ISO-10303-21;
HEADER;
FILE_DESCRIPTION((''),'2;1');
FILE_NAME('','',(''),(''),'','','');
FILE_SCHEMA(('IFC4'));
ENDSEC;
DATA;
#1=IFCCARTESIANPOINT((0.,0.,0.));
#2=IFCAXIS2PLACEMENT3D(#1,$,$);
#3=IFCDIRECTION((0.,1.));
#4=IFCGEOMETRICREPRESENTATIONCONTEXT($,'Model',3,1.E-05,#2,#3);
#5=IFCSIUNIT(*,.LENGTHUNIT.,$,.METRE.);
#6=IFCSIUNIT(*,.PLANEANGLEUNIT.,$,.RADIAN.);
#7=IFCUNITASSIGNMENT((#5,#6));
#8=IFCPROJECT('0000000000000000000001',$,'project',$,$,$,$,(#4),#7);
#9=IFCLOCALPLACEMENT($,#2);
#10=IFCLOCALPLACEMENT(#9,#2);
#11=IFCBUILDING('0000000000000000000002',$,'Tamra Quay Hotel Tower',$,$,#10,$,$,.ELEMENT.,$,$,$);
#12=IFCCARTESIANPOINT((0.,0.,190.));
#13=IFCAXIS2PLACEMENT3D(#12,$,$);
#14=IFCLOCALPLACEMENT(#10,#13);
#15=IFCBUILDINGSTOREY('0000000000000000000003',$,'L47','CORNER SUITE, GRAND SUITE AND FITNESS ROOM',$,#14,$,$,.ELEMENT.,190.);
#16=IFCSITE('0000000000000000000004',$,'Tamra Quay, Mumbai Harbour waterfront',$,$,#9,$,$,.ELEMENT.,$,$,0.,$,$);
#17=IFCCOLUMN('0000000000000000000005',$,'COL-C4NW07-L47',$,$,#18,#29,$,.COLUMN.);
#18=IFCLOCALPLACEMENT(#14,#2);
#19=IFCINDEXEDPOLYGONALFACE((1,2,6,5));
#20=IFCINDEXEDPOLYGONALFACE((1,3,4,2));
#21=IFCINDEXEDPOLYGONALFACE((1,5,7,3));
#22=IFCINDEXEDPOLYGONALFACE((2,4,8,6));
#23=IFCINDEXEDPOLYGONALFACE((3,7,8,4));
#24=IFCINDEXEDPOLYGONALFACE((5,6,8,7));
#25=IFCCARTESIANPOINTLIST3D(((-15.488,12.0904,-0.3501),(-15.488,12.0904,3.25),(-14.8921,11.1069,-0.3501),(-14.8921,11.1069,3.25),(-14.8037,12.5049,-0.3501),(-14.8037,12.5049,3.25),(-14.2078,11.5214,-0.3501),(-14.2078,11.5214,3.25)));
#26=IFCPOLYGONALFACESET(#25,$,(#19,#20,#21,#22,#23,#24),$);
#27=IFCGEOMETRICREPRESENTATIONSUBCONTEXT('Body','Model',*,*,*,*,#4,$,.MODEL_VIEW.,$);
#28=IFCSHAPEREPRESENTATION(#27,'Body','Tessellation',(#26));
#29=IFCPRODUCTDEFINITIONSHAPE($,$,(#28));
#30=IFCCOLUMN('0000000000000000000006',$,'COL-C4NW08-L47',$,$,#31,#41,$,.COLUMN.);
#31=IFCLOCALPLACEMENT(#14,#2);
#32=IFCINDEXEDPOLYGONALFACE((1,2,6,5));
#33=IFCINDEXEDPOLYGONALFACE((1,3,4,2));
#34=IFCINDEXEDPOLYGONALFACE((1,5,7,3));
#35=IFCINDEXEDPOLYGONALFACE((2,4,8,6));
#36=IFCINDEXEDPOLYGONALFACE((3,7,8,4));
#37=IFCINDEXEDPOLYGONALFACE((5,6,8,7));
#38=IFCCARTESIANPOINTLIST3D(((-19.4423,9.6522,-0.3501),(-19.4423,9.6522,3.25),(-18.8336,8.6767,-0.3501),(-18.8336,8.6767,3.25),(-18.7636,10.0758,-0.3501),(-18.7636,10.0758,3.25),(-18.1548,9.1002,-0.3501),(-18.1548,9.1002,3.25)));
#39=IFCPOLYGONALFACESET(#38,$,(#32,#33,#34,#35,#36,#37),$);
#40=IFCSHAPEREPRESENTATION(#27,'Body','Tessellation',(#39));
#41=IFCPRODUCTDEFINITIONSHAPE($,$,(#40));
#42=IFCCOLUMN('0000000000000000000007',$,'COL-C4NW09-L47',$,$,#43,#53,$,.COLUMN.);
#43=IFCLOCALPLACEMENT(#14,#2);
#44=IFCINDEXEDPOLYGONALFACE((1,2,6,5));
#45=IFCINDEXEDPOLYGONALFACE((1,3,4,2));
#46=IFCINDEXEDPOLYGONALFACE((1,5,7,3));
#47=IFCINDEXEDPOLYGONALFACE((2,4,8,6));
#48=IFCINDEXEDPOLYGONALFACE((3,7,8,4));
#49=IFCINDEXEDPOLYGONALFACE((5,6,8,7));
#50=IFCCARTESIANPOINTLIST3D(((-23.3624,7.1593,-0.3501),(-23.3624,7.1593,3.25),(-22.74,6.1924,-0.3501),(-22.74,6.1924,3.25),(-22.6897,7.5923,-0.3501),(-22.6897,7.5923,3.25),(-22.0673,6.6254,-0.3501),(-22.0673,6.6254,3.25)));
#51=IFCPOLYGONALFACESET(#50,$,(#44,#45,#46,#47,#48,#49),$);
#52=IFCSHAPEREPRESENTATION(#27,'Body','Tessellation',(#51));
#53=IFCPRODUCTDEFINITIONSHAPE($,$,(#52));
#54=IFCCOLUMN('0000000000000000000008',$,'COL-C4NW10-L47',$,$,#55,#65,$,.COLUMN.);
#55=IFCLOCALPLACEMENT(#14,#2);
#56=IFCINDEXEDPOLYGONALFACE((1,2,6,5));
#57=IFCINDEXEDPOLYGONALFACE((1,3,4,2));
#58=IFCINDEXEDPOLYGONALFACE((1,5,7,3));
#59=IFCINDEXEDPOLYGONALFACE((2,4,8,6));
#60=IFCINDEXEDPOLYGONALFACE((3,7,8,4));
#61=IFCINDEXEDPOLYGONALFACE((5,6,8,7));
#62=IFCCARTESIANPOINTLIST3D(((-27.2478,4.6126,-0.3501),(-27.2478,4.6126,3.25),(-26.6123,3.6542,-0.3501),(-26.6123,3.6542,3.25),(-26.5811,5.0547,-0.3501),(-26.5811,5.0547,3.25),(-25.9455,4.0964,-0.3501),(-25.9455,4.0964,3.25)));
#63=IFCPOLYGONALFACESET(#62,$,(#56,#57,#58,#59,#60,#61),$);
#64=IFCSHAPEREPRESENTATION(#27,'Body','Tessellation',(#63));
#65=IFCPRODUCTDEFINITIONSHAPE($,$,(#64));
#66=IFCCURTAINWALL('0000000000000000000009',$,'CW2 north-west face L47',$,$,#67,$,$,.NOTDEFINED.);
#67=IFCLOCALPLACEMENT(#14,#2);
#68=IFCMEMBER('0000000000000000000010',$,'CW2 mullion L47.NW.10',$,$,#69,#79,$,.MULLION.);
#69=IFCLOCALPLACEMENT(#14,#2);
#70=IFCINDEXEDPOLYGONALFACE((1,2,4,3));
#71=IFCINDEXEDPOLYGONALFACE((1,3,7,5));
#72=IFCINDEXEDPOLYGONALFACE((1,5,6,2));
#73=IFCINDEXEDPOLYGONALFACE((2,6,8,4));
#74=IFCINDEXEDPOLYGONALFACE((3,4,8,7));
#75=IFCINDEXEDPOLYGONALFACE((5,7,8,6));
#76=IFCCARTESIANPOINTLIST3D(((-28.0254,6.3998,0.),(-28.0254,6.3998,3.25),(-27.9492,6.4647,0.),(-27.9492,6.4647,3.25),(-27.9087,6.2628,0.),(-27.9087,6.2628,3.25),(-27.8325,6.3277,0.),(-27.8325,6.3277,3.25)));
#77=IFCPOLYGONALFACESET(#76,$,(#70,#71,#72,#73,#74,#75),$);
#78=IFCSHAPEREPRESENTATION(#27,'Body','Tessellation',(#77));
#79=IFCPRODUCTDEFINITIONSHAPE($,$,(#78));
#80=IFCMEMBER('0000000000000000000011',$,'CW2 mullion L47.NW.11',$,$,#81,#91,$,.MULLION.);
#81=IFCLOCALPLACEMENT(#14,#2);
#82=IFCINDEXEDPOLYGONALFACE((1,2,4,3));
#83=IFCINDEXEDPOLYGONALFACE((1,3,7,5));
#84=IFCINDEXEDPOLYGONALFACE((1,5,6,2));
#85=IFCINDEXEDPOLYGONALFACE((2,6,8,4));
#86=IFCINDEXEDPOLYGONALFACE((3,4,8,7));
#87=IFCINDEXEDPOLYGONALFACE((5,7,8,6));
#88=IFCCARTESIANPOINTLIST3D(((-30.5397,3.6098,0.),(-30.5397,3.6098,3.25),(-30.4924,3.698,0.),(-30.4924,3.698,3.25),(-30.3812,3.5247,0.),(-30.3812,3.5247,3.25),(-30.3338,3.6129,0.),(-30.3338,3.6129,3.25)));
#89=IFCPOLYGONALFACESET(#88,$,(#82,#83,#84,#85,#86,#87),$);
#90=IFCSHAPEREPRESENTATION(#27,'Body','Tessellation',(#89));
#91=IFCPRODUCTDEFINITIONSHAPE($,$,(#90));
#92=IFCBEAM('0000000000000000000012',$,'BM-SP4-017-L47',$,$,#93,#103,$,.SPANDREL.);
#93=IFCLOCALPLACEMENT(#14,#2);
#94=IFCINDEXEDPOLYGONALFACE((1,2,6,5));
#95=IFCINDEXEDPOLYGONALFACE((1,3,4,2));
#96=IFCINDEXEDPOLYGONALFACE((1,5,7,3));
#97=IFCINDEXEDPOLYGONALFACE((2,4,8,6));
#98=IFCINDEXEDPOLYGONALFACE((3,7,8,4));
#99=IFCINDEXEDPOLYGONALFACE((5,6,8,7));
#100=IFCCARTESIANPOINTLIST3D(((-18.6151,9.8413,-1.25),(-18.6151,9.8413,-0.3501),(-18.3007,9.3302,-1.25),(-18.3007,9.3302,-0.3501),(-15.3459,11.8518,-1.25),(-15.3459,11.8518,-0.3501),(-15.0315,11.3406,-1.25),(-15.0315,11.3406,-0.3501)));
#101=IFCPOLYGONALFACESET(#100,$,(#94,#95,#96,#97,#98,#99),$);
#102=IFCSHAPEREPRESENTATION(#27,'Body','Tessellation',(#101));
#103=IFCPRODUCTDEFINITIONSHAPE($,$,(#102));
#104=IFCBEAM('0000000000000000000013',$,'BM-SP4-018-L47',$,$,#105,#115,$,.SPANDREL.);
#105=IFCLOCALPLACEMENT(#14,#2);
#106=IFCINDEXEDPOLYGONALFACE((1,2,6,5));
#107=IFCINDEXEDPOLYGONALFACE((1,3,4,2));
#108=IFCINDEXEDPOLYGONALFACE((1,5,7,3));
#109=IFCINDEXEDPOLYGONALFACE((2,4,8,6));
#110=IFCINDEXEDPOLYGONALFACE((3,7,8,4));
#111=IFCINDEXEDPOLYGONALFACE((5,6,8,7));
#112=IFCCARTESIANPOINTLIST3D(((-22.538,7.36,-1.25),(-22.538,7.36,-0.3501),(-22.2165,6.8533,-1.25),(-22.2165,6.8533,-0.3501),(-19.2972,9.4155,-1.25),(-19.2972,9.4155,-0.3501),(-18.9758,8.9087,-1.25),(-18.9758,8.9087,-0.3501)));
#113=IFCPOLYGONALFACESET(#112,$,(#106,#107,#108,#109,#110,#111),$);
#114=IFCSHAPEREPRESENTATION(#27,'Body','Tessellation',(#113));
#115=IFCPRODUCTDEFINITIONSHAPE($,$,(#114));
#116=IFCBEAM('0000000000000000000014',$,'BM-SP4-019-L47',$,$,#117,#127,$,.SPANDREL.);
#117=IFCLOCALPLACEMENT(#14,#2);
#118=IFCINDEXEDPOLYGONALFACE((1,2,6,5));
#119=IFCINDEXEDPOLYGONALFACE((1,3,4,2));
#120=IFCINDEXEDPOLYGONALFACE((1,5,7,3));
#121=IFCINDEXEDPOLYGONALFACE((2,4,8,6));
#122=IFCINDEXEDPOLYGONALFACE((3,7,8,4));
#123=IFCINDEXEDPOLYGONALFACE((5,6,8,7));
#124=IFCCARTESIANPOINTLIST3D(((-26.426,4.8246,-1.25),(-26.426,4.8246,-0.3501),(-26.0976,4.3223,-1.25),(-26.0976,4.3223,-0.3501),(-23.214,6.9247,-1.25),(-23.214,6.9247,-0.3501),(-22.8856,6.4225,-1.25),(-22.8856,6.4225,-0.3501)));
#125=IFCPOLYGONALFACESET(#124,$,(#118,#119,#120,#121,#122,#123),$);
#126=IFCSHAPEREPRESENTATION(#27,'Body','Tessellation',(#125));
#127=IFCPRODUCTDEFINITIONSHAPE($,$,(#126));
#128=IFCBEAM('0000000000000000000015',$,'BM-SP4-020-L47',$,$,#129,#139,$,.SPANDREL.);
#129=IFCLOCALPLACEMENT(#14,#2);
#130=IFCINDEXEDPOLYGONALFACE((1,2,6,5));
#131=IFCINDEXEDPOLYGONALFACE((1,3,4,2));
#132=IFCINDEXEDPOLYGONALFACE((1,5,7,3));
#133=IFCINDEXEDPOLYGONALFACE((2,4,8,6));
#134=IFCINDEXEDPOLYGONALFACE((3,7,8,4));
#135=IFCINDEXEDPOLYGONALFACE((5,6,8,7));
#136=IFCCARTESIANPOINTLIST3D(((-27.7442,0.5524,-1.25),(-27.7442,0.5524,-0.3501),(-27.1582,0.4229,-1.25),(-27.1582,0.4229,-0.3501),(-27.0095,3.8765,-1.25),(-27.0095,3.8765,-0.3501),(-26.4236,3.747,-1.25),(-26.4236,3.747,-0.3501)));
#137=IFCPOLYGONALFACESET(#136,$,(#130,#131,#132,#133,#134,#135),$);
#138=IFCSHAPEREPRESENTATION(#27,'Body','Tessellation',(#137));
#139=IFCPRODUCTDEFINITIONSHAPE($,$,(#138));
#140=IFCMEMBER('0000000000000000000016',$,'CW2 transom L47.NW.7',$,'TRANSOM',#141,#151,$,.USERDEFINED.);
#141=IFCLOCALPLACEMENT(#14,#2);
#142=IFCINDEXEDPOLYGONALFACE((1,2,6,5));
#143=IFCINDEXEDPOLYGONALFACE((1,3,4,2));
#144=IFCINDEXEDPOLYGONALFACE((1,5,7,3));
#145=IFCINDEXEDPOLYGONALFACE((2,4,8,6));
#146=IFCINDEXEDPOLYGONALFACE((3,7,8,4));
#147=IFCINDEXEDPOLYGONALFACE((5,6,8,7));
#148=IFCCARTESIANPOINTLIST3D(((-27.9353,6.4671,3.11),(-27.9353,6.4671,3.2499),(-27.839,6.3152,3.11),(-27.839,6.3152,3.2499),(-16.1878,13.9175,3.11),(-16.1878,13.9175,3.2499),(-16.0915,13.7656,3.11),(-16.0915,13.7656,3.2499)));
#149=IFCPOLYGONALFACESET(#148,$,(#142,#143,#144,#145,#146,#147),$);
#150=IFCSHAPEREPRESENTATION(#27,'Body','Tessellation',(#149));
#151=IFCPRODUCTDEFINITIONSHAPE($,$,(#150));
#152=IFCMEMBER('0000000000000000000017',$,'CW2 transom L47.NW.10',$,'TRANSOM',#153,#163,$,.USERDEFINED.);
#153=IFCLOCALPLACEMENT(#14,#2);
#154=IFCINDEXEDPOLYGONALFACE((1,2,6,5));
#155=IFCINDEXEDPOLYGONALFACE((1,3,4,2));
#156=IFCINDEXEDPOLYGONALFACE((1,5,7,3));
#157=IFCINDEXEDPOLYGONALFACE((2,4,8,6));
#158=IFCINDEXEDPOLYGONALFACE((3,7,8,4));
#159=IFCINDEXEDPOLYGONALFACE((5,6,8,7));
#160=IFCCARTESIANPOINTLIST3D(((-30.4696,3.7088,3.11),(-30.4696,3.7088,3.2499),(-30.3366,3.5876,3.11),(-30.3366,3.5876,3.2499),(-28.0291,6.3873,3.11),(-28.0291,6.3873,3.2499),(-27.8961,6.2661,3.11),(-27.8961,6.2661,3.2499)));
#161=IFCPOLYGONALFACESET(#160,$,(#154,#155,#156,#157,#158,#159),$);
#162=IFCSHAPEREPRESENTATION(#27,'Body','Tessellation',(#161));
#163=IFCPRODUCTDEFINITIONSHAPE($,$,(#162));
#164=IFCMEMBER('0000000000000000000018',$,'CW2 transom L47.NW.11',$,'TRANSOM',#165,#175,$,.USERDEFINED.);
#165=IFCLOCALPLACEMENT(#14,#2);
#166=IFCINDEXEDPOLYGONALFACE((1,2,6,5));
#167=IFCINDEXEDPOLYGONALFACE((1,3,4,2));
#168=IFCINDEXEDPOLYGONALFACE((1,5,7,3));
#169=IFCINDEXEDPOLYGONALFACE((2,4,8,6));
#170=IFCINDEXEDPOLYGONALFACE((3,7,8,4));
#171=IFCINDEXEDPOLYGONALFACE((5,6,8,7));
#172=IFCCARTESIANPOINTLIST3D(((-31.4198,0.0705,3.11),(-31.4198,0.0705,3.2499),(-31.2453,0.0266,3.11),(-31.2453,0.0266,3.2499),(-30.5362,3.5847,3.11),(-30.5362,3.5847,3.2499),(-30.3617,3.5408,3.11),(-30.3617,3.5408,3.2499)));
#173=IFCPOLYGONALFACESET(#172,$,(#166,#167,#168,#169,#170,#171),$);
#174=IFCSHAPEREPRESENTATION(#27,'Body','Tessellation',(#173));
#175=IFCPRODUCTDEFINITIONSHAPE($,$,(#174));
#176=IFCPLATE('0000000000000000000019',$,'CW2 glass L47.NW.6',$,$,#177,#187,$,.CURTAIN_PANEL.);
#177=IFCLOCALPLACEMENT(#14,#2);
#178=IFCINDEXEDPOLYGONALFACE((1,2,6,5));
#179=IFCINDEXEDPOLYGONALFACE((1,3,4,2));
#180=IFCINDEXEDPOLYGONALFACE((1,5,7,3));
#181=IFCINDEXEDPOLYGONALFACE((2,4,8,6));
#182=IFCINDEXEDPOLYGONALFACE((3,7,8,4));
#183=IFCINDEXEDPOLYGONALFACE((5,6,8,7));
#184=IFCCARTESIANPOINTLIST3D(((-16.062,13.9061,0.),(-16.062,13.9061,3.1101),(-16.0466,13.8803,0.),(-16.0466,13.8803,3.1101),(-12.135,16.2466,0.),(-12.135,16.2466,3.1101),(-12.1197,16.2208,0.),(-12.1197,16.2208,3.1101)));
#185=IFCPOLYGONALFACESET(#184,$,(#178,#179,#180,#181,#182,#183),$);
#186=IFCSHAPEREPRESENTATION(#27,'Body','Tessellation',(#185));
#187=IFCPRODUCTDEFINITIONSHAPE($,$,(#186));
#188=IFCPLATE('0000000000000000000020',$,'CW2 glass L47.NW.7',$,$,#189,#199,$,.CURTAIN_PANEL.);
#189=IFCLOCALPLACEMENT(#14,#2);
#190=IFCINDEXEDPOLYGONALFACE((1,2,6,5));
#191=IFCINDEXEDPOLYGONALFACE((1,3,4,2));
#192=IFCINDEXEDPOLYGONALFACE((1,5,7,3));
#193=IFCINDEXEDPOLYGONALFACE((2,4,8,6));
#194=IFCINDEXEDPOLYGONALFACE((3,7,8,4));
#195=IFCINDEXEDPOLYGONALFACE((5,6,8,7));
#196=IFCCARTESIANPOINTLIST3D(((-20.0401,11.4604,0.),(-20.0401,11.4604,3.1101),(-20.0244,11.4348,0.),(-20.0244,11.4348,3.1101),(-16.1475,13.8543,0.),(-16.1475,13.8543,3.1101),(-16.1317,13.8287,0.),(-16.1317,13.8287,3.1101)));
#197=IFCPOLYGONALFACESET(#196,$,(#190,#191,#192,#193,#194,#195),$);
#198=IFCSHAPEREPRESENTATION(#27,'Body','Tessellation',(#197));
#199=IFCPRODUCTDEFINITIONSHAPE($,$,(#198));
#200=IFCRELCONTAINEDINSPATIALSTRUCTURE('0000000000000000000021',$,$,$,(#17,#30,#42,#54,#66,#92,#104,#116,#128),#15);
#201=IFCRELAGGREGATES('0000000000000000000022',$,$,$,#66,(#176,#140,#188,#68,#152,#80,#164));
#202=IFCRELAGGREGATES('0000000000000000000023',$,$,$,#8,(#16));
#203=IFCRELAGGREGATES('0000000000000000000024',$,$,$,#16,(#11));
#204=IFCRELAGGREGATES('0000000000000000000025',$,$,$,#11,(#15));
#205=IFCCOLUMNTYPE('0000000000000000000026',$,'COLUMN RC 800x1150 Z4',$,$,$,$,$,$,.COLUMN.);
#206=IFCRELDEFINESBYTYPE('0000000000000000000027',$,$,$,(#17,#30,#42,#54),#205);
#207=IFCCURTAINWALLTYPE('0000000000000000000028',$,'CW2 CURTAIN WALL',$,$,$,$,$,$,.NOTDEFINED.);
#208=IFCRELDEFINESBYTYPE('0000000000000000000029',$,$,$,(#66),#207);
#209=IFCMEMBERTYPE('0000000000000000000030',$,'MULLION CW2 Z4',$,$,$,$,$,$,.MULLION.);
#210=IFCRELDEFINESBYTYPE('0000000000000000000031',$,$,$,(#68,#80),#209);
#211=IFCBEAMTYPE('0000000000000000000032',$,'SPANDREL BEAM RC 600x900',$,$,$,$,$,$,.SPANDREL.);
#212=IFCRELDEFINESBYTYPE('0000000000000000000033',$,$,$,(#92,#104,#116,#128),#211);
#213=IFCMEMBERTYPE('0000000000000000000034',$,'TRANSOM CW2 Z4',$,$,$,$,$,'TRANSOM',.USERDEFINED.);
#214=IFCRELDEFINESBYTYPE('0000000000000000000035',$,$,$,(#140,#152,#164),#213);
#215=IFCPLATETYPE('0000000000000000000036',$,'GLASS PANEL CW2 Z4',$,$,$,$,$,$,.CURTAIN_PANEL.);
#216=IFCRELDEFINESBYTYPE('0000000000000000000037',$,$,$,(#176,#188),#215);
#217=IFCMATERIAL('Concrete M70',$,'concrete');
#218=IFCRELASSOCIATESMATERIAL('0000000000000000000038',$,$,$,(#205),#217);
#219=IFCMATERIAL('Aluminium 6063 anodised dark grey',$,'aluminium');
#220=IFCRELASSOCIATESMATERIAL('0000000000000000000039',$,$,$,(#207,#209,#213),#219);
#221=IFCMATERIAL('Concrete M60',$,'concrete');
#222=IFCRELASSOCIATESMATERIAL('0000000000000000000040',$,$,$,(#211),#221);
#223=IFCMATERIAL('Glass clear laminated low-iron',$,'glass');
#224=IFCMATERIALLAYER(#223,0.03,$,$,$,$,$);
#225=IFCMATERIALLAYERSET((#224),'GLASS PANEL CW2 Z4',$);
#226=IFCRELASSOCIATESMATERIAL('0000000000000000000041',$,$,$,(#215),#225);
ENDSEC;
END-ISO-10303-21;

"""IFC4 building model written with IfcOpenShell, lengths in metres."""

from ifc_helpers import new_model, si_unit, direction, frame, origin, origin_2d, place, context, subcontext, project, spatial, rectangle, extrude, material, layer, layer_set, material_profile, profile_set, type_object, element, aggregate, save


model = new_model("IFC4")

# Units and contexts
model_context = context("Model", 3, precision=1e-05, world=origin(), true_north=direction((0.0, 1.0)))
body_context = subcontext(model_context, "Body", "Model", "MODEL_VIEW")
ifc_project = project(units=[si_unit("LENGTHUNIT", "METRE"), si_unit("PLANEANGLEUNIT", "RADIAN")], contexts=[model_context])

# Site, building, storey
site_placement = place(None, origin())
site = spatial("IfcSite", under=ifc_project, at=site_placement, Name="Tamra Quay, Mumbai Harbour waterfront", CompositionType="ELEMENT", RefElevation=0.0)
building_placement = place(site_placement, origin())
building = spatial("IfcBuilding", under=site, at=building_placement, Name="Tamra Quay Hotel Tower", CompositionType="ELEMENT")
storey_placement = place(building_placement, frame((0.0, 0.0, 190.0)))
storey = spatial("IfcBuildingStorey", under=building, at=storey_placement, Name="L47", Description="CORNER SUITE, GRAND SUITE AND FITNESS ROOM", CompositionType="ELEMENT", Elevation=190.0)

# Columns
ifc_material_1 = material(Name="Concrete M70", Category="concrete")
ifc_material_profile_1 = material_profile(ifc_material_1, rectangle(XDim=1.1499, YDim=0.8, at=origin_2d()), Name="COLUMN RC 800x1150 Z4")
ifc_profile_set_1 = profile_set([ifc_material_profile_1], Name="Concrete M70")
column_type = type_object("IfcColumnType", Name="COLUMN RC 800x1150 Z4", PredefinedType="COLUMN", material=ifc_profile_set_1)
for number, where, z_axis, x_axis, name in (
    (1, (-14.8479, 11.8059, -0.3501), (0.0, 0.0, 1.0), (-0.518175, 0.855275, 0.0), "COL-C4NW07-L47"),
    (2, (-18.7986, 9.3762, -0.3501), (0.0, 0.0, 1.0), (-0.52941, 0.848366, 0.0), "COL-C4NW08-L47"),
    (3, (-22.7148, 6.8923, -0.3501), (0.0, 0.0, 1.0), (-0.541283, 0.840841, 0.0), "COL-C4NW09-L47"),
    (4, (-26.5967, 4.3545, -0.3501), (0.0, 0.0, 1.0), (-0.552666, 0.833403, 0.0), "COL-C4NW10-L47"),
):
    element("IfcColumn", number, at=place(storey_placement, frame(where, z_axis=z_axis, x_axis=x_axis)), inside=storey, type_object=column_type, Name=name, PredefinedType="COLUMN", context=body_context, shape_type="SweptSolid", body=[
        extrude(rectangle(XDim=1.1499, YDim=0.8, at=origin_2d()), origin(), (0.0, 0.0, 1.0), 3.6001),
    ])

# Curtain wall, members
ifc_material_2 = material(Name="Aluminium 6063 anodised dark grey", Category="aluminium")
curtain_wall_type = type_object("IfcCurtainWallType", Name="CW2 CURTAIN WALL", PredefinedType="NOTDEFINED", material=ifc_material_2)
curtain_wall_placement = place(storey_placement, origin())
curtain_wall = element("IfcCurtainWall", 5, at=curtain_wall_placement, inside=storey, type_object=curtain_wall_type, Name="CW2 north-west face L47", PredefinedType="NOTDEFINED")
ifc_material_profile_2 = material_profile(ifc_material_2, rectangle(XDim=0.1799, YDim=0.1001, at=origin_2d()), Name="MULLION 100X180")
ifc_profile_set_2 = profile_set([ifc_material_profile_2], Name="Aluminium 6063 anodised dark grey")
member_type_1 = type_object("IfcMemberType", Name="MULLION CW2 Z4", PredefinedType="MULLION", material=ifc_profile_set_2)
member_1_placement = place(storey_placement, frame((-27.929, 6.3638, 0.0), z_axis=(0.0, 0.0, 1.0), x_axis=(-0.648381, 0.761316, 0.0)))
member_1 = element("IfcMember", 6, at=member_1_placement, type_object=member_type_1, Name="CW2 mullion L47.NW.10", PredefinedType="MULLION", context=body_context, shape_type="SweptSolid", body=[
    extrude(rectangle(XDim=0.1799, YDim=0.1001, at=origin_2d()), origin(), (0.0, 0.0, 1.0), 3.25),
])
member_2_placement = place(storey_placement, frame((-30.4368, 3.6113, 0.0), z_axis=(0.0, 0.0, 1.0), x_axis=(-0.881098, 0.472935, 0.0)))
member_2 = element("IfcMember", 7, at=member_2_placement, type_object=member_type_1, Name="CW2 mullion L47.NW.11", PredefinedType="MULLION", context=body_context, shape_type="SweptSolid", body=[
    extrude(rectangle(XDim=0.1799, YDim=0.1001, at=origin_2d()), origin(), (0.0, 0.0, 1.0), 3.25),
])

# Beams
ifc_material_3 = material(Name="Concrete M60", Category="concrete")
ifc_material_profile_3 = material_profile(ifc_material_3, rectangle(XDim=0.6001, YDim=0.8999, at=origin_2d()), Name="SPANDREL BEAM RC 600x900")
ifc_profile_set_3 = profile_set([ifc_material_profile_3], Name="Concrete M60")
beam_type = type_object("IfcBeamType", Name="SPANDREL BEAM RC 600x900", PredefinedType="SPANDREL", material=ifc_profile_set_3)
beam_1_placement = place(storey_placement, frame((-15.1887, 11.5962, -0.8), z_axis=(-0.851818, -0.523838, 0.0), x_axis=(0.523838, -0.851818, 0.0)))
element("IfcBeam", 8, at=beam_1_placement, inside=storey, type_object=beam_type, Name="BM-SP4-017-L47", PredefinedType="SPANDREL", context=body_context, shape_type="SweptSolid", body=[
    extrude(rectangle(XDim=0.6001, YDim=0.8999, at=origin_2d()), origin(), (0.0, 0.0, 1.0), 3.8379),
])
for number, where, z_axis, x_axis, name in (
    (9, (-19.1365, 9.1621, -0.8), (-0.84447, -0.535603, 0.0), (0.535603, -0.84447, 0.0), "BM-SP4-018-L47"),
    (10, (-23.0498, 6.6736, -0.8), (-0.83697, -0.547249, 0.0), (0.547249, -0.83697, 0.0), "BM-SP4-019-L47"),
):
    element("IfcBeam", number, at=place(storey_placement, frame(where, z_axis=z_axis, x_axis=x_axis)), inside=storey, type_object=beam_type, Name=name, PredefinedType="SPANDREL", context=body_context, shape_type="SweptSolid", body=[
        extrude(rectangle(XDim=0.6001, YDim=0.8999, at=origin_2d()), origin(), (0.0, 0.0, 1.0), 3.8376),
    ])
beam_2_placement = place(storey_placement, frame((-26.7166, 3.8118, -0.8), z_axis=(-0.215799, -0.976438, 0.0), x_axis=(0.976438, -0.215799, 0.0)))
element("IfcBeam", 11, at=beam_2_placement, inside=storey, type_object=beam_type, Name="BM-SP4-020-L47", PredefinedType="SPANDREL", context=body_context, shape_type="SweptSolid", body=[
    extrude(rectangle(XDim=0.6001, YDim=0.8999, at=origin_2d()), origin(), (0.0, 0.0, 1.0), 3.4043),
])

# Members
ifc_material_profile_4 = material_profile(ifc_material_2, rectangle(XDim=0.1799, YDim=0.1399, at=origin_2d()), Name="TRANSOM 180X140")
ifc_profile_set_4 = profile_set([ifc_material_profile_4], Name="Aluminium 6063 anodised dark grey")
member_type_2 = type_object("IfcMemberType", Name="TRANSOM CW2 Z4", ElementType="TRANSOM", PredefinedType="USERDEFINED", material=ifc_profile_set_4)
member_3_placement = place(storey_placement, frame((-16.1396, 13.8416, 3.1799), z_axis=(-0.844484, -0.535581, 0.0), x_axis=(0.535581, -0.844484, 0.0)))
member_3 = element("IfcMember", 12, at=member_3_placement, type_object=member_type_2, Name="CW2 transom L47.NW.7", ObjectType="TRANSOM", PredefinedType="USERDEFINED", context=body_context, shape_type="SweptSolid", body=[
    extrude(rectangle(XDim=0.1799, YDim=0.1399, at=origin_2d()), origin(), (0.0, 0.0, 1.0), 13.9109),
])
member_4_placement = place(storey_placement, frame((-27.9626, 6.3267, 3.1799), z_axis=(-0.673497, -0.73919, 0.0), x_axis=(0.73919, -0.673497, 0.0)))
member_4 = element("IfcMember", 13, at=member_4_placement, type_object=member_type_2, Name="CW2 transom L47.NW.10", ObjectType="TRANSOM", PredefinedType="USERDEFINED", context=body_context, shape_type="SweptSolid", body=[
    extrude(rectangle(XDim=0.1799, YDim=0.1399, at=origin_2d()), origin(), (0.0, 0.0, 1.0), 3.6235),
])
member_5_placement = place(storey_placement, frame((-30.449, 3.5627, 3.1799), z_axis=(-0.243835, -0.969817, 0.0), x_axis=(0.969817, -0.243835, 0.0)))
member_5 = element("IfcMember", 14, at=member_5_placement, type_object=member_type_2, Name="CW2 transom L47.NW.11", ObjectType="TRANSOM", PredefinedType="USERDEFINED", context=body_context, shape_type="SweptSolid", body=[
    extrude(rectangle(XDim=0.1799, YDim=0.1399, at=origin_2d()), origin(), (0.0, 0.0, 1.0), 3.6235),
])

# Plates
ifc_material_4 = material(Name="Glass clear laminated low-iron", Category="glass")
ifc_layer_1 = layer(ifc_material_4, 0.03)
ifc_layer_set_1 = layer_set([ifc_layer_1], Name="GLASS PANEL CW2 Z4")
plate_type = type_object("IfcPlateType", Name="GLASS PANEL CW2 Z4", PredefinedType="CURTAIN_PANEL", material=ifc_layer_set_1)
plate_1_placement = place(storey_placement, frame((-14.0908, 15.0635, 0.0), z_axis=(0.0, 0.0, 1.0), x_axis=(-0.858999, -0.511978, 0.0)))
plate_1 = element("IfcPlate", 15, at=plate_1_placement, type_object=plate_type, Name="CW2 glass L47.NW.6", PredefinedType="CURTAIN_PANEL", context=body_context, shape_type="SweptSolid", body=[
    extrude(rectangle(XDim=4.5715, YDim=0.03, at=origin_2d()), origin(), (0.0, 0.0, 1.0), 3.1101),
])
plate_2_placement = place(storey_placement, frame((-18.0859, 12.6445, 0.0), z_axis=(0.0, 0.0, 1.0), x_axis=(-0.851815, -0.523843, 0.0)))
plate_2 = element("IfcPlate", 16, at=plate_2_placement, type_object=plate_type, Name="CW2 glass L47.NW.7", PredefinedType="CURTAIN_PANEL", context=body_context, shape_type="SweptSolid", body=[
    extrude(rectangle(XDim=4.5698, YDim=0.03, at=origin_2d()), origin(), (0.0, 0.0, 1.0), 3.1101),
])
aggregate(curtain_wall, [plate_1, member_3, plate_2, member_1, member_4, member_2, member_5])

save(model, "model.ifc")
